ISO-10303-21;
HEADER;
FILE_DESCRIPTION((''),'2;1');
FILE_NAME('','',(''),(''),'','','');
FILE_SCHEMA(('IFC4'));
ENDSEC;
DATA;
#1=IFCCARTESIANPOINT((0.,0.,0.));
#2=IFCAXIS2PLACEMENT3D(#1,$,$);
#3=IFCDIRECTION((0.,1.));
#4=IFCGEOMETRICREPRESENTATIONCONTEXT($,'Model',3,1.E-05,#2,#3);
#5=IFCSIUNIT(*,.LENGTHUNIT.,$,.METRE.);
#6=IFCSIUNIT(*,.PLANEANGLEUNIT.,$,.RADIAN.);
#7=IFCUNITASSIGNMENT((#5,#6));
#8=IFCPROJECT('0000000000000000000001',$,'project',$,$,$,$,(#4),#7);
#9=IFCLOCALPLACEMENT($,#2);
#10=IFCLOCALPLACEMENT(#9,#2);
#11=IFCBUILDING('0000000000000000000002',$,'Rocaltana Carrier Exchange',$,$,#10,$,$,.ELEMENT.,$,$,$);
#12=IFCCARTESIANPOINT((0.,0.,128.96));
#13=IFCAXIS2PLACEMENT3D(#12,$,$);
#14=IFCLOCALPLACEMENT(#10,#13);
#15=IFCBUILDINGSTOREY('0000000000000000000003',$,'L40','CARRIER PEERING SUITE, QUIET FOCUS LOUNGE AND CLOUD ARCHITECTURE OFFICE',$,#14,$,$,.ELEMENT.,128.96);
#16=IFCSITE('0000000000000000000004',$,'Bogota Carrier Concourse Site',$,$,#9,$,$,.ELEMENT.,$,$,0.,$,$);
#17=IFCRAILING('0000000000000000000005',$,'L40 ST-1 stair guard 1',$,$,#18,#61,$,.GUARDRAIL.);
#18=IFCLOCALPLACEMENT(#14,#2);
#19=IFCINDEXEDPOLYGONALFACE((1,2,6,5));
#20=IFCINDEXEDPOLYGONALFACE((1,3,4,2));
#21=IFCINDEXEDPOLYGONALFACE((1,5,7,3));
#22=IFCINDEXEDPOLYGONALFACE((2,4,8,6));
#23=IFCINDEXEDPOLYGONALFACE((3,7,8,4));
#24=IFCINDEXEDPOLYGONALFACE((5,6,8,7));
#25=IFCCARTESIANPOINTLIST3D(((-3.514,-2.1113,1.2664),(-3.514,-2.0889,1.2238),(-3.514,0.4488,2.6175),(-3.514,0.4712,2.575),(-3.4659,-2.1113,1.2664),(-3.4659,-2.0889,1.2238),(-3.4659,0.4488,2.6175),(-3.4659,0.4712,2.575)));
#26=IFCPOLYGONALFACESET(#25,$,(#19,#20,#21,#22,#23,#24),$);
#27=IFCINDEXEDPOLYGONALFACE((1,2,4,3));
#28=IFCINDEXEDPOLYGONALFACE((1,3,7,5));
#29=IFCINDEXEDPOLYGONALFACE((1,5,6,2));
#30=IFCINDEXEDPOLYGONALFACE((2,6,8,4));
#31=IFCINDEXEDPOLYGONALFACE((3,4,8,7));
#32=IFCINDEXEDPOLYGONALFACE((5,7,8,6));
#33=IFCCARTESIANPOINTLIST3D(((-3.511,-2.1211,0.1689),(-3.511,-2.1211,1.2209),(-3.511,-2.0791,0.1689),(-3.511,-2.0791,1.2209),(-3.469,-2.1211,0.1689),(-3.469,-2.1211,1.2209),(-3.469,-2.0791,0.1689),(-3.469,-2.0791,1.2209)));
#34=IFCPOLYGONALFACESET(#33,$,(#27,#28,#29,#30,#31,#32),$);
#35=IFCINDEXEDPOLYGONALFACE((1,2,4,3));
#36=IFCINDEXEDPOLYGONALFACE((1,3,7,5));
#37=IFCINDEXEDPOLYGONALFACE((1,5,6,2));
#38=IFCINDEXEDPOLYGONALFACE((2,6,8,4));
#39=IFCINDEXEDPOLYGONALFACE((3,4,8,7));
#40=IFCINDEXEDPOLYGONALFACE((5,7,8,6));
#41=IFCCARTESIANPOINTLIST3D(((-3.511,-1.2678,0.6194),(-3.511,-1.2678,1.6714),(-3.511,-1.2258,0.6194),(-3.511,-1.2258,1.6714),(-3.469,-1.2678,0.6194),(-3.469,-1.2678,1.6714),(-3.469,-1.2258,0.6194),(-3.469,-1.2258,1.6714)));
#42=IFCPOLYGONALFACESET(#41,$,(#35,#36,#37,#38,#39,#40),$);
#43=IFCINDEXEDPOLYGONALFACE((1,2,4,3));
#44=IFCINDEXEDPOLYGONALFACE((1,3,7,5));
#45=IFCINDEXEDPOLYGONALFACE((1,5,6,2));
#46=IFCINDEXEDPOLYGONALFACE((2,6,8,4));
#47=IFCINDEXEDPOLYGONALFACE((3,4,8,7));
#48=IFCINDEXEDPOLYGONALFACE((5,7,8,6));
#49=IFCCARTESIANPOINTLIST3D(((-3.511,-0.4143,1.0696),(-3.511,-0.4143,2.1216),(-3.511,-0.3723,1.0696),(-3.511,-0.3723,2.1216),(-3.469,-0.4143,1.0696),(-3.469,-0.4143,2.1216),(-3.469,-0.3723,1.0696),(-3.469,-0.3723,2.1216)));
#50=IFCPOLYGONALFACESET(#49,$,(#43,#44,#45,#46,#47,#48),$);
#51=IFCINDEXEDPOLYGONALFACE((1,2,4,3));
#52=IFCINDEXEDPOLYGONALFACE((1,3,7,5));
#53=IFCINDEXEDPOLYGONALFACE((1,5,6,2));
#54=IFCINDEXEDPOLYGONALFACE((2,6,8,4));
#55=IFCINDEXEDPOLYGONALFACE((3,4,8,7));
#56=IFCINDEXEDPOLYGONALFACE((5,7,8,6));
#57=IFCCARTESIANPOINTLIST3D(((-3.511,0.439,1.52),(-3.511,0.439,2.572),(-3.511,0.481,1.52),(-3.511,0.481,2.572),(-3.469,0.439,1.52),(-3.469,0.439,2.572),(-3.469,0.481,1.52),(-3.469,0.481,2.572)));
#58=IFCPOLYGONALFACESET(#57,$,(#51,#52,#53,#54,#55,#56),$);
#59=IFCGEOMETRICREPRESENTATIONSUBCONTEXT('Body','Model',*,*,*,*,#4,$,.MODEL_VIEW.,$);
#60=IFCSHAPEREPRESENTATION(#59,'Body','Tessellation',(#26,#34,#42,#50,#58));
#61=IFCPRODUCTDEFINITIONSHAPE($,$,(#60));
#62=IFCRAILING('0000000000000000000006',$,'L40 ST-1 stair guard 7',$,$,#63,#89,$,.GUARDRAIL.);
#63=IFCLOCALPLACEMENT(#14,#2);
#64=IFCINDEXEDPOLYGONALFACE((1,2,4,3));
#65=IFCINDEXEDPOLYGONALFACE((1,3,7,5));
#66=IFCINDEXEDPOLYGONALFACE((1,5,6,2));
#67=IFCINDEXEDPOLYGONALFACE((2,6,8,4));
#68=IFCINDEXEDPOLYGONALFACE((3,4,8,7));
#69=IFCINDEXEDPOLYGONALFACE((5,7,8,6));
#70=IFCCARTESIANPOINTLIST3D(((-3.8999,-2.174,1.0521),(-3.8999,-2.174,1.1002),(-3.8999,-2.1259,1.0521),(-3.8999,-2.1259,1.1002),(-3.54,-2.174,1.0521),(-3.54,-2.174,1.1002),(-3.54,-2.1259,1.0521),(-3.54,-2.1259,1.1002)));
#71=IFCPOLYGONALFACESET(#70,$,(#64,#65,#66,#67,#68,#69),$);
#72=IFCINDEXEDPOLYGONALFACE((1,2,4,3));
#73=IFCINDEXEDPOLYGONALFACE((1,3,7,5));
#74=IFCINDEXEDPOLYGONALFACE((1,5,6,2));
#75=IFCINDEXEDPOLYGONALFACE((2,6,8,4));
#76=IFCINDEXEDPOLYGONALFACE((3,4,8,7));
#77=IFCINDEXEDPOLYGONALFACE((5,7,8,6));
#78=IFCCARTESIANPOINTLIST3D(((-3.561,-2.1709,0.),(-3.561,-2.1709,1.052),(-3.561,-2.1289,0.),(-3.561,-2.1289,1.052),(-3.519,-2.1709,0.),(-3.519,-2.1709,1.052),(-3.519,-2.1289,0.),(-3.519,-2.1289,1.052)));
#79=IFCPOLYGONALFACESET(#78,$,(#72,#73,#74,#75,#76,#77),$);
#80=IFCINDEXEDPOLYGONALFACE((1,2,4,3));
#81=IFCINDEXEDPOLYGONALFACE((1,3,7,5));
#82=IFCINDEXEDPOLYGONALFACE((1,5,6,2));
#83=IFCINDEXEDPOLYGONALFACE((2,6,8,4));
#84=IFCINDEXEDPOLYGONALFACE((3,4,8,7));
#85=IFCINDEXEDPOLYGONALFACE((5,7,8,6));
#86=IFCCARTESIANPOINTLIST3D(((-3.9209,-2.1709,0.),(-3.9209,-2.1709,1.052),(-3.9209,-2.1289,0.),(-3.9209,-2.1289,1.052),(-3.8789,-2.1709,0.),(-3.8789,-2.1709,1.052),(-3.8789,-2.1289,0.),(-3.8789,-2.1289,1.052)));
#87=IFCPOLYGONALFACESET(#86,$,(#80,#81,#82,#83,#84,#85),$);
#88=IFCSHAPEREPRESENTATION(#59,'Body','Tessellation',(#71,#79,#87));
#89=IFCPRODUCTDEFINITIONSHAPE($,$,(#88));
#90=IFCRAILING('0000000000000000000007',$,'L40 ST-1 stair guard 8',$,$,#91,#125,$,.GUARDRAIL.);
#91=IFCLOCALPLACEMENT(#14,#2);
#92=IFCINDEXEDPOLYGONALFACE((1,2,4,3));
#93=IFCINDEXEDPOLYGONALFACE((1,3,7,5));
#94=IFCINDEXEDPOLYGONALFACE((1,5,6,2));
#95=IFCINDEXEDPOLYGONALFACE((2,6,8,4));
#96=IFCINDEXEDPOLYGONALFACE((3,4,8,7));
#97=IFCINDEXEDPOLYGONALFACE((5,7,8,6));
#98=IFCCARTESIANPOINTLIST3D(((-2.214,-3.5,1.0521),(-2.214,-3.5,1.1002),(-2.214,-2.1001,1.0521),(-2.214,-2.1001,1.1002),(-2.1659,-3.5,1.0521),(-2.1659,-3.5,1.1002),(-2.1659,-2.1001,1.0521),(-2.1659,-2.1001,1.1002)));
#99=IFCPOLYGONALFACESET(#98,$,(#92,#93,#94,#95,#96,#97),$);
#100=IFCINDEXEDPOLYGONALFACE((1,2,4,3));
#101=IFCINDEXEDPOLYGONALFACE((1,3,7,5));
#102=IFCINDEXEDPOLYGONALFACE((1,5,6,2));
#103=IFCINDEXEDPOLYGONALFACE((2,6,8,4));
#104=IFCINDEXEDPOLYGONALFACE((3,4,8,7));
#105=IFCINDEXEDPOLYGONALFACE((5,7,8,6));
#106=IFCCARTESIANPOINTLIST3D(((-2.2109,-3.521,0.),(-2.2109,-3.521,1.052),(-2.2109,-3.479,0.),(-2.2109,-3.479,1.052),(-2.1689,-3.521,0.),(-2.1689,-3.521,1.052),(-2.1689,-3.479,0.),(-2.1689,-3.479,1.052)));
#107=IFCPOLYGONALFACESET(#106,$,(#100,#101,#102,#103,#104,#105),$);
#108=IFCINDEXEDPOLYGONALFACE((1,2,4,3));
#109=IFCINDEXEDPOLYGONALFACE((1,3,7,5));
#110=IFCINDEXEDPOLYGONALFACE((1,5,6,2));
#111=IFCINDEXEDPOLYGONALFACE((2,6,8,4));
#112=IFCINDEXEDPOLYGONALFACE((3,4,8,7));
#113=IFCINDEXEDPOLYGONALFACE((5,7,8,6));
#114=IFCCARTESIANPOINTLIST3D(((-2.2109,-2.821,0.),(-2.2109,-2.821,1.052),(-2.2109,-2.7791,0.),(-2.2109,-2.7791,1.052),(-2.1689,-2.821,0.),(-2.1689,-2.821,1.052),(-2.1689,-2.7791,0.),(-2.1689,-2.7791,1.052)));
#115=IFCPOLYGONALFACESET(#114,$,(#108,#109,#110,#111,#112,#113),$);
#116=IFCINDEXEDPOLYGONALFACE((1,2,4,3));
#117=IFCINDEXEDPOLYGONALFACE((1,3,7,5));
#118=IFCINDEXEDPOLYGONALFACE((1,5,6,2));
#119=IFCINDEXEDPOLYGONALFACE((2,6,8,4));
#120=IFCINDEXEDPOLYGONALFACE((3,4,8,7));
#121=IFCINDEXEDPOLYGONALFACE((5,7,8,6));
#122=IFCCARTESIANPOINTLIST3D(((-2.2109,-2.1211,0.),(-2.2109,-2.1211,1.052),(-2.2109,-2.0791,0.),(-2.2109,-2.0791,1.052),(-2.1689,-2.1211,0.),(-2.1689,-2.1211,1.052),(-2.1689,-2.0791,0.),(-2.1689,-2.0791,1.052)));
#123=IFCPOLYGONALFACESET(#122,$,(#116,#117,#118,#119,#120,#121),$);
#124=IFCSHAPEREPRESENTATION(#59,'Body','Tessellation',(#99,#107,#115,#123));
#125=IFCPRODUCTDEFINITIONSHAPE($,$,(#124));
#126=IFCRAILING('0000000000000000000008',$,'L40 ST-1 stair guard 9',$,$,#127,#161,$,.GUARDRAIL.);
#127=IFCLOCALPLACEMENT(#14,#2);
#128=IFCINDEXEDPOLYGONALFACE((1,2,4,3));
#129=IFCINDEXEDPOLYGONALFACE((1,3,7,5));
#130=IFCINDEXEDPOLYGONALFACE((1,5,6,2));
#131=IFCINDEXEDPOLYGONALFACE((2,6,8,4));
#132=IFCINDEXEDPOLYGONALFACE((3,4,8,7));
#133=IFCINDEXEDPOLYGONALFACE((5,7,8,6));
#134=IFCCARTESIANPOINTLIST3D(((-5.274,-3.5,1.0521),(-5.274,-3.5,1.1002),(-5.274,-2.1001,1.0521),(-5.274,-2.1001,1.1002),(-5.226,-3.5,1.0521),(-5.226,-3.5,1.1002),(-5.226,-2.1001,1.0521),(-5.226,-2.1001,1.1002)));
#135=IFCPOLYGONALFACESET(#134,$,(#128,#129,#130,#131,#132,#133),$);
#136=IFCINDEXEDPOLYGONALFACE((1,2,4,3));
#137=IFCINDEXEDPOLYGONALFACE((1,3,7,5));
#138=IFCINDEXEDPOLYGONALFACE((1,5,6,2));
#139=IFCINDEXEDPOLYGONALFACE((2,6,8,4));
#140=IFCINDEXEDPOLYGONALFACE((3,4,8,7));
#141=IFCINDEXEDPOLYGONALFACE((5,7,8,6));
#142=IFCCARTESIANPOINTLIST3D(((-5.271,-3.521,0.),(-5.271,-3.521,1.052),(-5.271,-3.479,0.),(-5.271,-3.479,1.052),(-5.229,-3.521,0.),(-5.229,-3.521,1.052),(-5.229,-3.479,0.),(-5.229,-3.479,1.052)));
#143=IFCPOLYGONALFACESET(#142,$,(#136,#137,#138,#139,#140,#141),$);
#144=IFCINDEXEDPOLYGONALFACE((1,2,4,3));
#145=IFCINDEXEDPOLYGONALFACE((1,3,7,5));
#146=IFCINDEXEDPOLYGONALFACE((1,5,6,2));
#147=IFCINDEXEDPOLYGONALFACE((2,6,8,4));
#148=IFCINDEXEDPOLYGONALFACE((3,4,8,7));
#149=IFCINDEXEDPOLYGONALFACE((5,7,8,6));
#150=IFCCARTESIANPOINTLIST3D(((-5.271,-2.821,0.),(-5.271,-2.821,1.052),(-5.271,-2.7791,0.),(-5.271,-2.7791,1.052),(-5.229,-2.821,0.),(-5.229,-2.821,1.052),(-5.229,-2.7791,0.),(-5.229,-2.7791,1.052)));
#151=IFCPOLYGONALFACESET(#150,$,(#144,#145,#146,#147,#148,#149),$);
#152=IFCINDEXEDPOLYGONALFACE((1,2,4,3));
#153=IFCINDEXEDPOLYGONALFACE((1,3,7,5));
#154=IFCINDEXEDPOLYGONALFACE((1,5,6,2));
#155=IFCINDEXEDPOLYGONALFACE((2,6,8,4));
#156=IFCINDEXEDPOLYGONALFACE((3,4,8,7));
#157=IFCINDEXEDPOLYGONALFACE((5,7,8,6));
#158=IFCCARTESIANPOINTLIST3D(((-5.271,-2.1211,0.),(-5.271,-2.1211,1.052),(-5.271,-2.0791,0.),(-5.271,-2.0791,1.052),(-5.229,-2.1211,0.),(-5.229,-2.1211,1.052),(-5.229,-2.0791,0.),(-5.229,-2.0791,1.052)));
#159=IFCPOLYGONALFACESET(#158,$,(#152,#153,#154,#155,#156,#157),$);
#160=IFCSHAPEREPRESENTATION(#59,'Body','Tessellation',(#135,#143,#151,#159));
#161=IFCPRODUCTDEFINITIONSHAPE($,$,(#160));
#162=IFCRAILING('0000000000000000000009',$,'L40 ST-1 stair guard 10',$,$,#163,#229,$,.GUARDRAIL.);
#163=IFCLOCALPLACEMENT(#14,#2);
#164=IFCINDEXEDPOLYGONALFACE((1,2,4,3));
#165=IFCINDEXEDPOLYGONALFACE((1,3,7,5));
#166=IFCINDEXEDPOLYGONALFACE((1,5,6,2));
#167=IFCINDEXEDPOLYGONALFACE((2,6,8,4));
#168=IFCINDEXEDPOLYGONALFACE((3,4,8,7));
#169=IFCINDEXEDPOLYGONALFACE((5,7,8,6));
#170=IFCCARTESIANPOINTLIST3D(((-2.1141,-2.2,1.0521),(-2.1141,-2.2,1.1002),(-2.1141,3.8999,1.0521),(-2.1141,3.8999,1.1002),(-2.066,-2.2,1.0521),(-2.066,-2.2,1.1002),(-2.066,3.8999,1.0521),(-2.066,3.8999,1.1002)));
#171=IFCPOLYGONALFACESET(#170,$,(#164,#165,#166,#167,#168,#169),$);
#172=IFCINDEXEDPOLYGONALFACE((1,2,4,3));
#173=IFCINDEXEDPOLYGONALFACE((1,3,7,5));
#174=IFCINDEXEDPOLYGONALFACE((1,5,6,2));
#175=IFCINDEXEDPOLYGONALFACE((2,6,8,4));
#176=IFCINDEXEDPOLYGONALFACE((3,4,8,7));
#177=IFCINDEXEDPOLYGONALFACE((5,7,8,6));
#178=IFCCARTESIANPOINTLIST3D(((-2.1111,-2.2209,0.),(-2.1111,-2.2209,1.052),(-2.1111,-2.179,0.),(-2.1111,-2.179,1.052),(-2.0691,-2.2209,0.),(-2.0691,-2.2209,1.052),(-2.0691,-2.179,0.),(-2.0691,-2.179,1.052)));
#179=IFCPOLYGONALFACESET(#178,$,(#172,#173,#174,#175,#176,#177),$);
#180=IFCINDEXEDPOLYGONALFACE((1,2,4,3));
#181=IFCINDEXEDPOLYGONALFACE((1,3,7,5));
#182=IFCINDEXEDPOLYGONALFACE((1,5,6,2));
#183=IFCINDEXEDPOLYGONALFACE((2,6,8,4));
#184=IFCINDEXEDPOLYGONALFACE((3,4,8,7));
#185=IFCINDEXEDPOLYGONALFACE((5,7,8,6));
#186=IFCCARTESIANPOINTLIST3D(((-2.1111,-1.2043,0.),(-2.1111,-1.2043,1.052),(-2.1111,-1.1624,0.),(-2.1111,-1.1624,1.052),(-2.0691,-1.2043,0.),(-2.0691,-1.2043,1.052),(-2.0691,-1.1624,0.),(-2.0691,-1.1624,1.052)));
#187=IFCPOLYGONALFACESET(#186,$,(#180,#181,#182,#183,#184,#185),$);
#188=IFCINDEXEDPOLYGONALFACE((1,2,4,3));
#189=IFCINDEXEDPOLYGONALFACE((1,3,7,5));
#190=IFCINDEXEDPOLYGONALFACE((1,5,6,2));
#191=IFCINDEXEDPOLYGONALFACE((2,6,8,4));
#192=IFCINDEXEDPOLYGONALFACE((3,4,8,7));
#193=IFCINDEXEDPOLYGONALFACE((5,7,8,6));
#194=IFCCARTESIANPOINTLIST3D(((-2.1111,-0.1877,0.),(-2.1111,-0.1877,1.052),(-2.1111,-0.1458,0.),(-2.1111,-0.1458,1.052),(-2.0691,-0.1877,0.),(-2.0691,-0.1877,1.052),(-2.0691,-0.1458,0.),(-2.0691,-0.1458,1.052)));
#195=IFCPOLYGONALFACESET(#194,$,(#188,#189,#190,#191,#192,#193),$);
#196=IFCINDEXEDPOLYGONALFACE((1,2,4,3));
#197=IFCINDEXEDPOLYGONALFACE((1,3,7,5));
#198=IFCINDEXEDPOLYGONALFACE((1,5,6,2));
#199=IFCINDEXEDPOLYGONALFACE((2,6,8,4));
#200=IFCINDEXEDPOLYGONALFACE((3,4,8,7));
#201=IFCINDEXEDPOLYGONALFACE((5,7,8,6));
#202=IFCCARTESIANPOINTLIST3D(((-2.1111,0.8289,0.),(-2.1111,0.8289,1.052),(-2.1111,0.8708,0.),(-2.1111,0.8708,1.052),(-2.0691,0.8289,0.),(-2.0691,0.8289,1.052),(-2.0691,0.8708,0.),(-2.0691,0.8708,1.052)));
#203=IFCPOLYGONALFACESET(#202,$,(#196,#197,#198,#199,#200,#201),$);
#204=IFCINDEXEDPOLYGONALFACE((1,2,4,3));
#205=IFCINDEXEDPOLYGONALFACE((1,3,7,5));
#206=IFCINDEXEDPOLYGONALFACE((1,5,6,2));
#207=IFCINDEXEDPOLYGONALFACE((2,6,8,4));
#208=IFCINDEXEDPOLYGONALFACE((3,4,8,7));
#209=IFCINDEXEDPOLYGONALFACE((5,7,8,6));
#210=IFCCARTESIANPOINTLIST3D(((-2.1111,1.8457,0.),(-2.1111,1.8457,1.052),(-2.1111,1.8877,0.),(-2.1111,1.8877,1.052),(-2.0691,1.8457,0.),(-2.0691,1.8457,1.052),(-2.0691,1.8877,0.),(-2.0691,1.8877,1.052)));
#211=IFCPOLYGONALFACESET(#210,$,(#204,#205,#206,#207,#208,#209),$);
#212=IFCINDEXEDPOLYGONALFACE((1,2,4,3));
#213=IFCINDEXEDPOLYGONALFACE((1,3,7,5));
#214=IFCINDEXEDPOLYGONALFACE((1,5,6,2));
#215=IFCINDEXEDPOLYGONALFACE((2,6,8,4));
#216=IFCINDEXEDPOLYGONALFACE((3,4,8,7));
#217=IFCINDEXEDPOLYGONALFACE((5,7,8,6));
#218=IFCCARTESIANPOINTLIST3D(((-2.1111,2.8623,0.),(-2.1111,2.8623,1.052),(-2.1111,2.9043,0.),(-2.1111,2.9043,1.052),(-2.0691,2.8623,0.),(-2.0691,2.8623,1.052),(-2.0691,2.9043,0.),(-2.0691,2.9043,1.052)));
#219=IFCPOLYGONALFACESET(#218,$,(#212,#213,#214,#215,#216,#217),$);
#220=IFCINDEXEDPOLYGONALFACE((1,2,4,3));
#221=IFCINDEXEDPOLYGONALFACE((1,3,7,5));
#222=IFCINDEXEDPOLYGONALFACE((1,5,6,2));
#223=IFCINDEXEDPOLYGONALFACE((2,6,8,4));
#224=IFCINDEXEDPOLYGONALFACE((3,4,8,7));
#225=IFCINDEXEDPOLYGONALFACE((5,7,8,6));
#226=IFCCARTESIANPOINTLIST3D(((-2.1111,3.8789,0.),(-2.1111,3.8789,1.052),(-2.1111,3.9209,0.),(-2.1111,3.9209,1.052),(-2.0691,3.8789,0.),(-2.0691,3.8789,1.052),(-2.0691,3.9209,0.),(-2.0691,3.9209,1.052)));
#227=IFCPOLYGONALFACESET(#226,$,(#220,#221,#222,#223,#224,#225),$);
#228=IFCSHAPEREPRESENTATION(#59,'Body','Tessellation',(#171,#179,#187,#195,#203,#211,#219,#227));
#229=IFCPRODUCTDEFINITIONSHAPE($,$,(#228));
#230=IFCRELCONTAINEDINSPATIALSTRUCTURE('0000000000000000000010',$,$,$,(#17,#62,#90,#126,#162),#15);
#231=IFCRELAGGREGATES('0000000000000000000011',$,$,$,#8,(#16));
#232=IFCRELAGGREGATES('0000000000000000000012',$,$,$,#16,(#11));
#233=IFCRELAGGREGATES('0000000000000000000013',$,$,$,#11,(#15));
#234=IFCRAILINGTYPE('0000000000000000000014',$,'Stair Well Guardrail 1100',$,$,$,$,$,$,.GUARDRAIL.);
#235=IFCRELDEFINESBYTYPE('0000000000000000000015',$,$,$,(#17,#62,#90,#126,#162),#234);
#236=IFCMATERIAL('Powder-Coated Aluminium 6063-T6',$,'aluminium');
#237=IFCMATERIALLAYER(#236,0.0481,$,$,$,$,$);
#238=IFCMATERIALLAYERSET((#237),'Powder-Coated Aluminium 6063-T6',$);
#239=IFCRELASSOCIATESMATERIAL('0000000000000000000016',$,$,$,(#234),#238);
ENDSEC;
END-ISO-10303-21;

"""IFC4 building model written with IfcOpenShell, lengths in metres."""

from ifc_helpers import new_model, si_unit, direction, frame, origin, origin_2d, place, context, subcontext, project, spatial, rectangle, extrude, material, layer, layer_set, type_object, element, save


model = new_model("IFC4")

# Units and contexts
model_context = context("Model", 3, precision=1e-05, world=origin(), true_north=direction((0.0, 1.0)))
body_context = subcontext(model_context, "Body", "Model", "MODEL_VIEW")
ifc_project = project(units=[si_unit("LENGTHUNIT", "METRE"), si_unit("PLANEANGLEUNIT", "RADIAN")], contexts=[model_context])

# Site, building, storey
site_placement = place(None, origin())
site = spatial("IfcSite", under=ifc_project, at=site_placement, Name="Bogota Carrier Concourse Site", CompositionType="ELEMENT", RefElevation=0.0)
building_placement = place(site_placement, origin())
building = spatial("IfcBuilding", under=site, at=building_placement, Name="Rocaltana Carrier Exchange", CompositionType="ELEMENT")
storey_placement = place(building_placement, frame((0.0, 0.0, 128.96)))
storey = spatial("IfcBuildingStorey", under=building, at=storey_placement, Name="L40", Description="CARRIER PEERING SUITE, QUIET FOCUS LOUNGE AND CLOUD ARCHITECTURE OFFICE", CompositionType="ELEMENT", Elevation=128.96)

# Railings
ifc_material_1 = material(Name="Powder-Coated Aluminium 6063-T6", Category="aluminium")
ifc_layer_1 = layer(ifc_material_1, 0.0481)
ifc_layer_set_1 = layer_set([ifc_layer_1], Name="Powder-Coated Aluminium 6063-T6")
railing_type_1 = type_object("IfcRailingType", Name="Stair Well Guardrail 1100", PredefinedType="GUARDRAIL", material=ifc_layer_set_1)
railing_1_placement = place(storey_placement, frame((-3.49, -2.1001, 0.1689)))
element("IfcRailing", 1, at=railing_1_placement, inside=storey, type_object=railing_type_1, Name="L40 ST-1 stair guard 1", PredefinedType="GUARDRAIL", context=body_context, shape_type="SweptSolid", body=[
    extrude(rectangle(XDim=0.0481, YDim=0.0481, at=origin_2d()), frame((0.0, 0.0, 1.0762), z_axis=(0.0, 0.884394, 0.46674), x_axis=(-1.0, 0.0, 0.0)), (0.0, 0.0, 1.0), 2.8948),
    extrude(rectangle(XDim=0.042, YDim=0.042, at=origin_2d()), origin(), (0.0, 0.0, 1.0), 1.052),
    extrude(rectangle(XDim=0.042, YDim=0.042, at=origin_2d()), frame((0.0, 0.8533, 0.4504)), (0.0, 0.0, 1.0), 1.052),
    extrude(rectangle(XDim=0.042, YDim=0.042, at=origin_2d()), frame((0.0, 1.7068, 0.9006)), (0.0, 0.0, 1.0), 1.052),
    extrude(rectangle(XDim=0.042, YDim=0.042, at=origin_2d()), frame((0.0, 2.5601, 1.3511)), (0.0, 0.0, 1.0), 1.052),
])
railing_2_placement = place(storey_placement, frame((-3.54, -2.1499, 0.0)))
element("IfcRailing", 2, at=railing_2_placement, inside=storey, type_object=railing_type_1, Name="L40 ST-1 stair guard 7", PredefinedType="GUARDRAIL", context=body_context, shape_type="SweptSolid", body=[
    extrude(rectangle(XDim=0.0481, YDim=0.0481, at=origin_2d()), frame((0.0, 0.0, 1.0762), z_axis=(-1.0, 0.0, 0.0), x_axis=(0.0, -1.0, 0.0)), (0.0, 0.0, 1.0), 0.3599),
    extrude(rectangle(XDim=0.042, YDim=0.042, at=origin_2d()), origin(), (0.0, 0.0, 1.0), 1.052),
    extrude(rectangle(XDim=0.042, YDim=0.042, at=origin_2d()), frame((-0.3599, 0.0, 0.0)), (0.0, 0.0, 1.0), 1.052),
])
for number, where, name in (
    (3, (-2.1899, -3.5, 0.0), "L40 ST-1 stair guard 8"),
    (4, (-5.25, -3.5, 0.0), "L40 ST-1 stair guard 9"),
):
    element("IfcRailing", number, at=place(storey_placement, frame(where)), inside=storey, type_object=railing_type_1, Name=name, PredefinedType="GUARDRAIL", context=body_context, shape_type="SweptSolid", body=[
        extrude(rectangle(XDim=0.0481, YDim=0.0481, at=origin_2d()), frame((0.0, 0.0, 1.0762), z_axis=(0.0, 1.0, 0.0), x_axis=(-1.0, 0.0, 0.0)), (0.0, 0.0, 1.0), 1.3999),
        extrude(rectangle(XDim=0.042, YDim=0.042, at=origin_2d()), origin(), (0.0, 0.0, 1.0), 1.052),
        extrude(rectangle(XDim=0.042, YDim=0.042, at=origin_2d()), frame((0.0, 0.7, 0.0)), (0.0, 0.0, 1.0), 1.052),
        extrude(rectangle(XDim=0.042, YDim=0.042, at=origin_2d()), frame((0.0, 1.3999, 0.0)), (0.0, 0.0, 1.0), 1.052),
    ])
for number, where, name in (
    (5, (-2.0901, -2.2, 0.0), "L40 ST-1 stair guard 10"),
):
    element("IfcRailing", number, at=place(storey_placement, frame(where)), inside=storey, type_object=railing_type_1, Name=name, PredefinedType="GUARDRAIL", context=body_context, shape_type="SweptSolid", body=[
        extrude(rectangle(XDim=0.0481, YDim=0.0481, at=origin_2d()), frame((0.0, 0.0, 1.0762), z_axis=(0.0, 1.0, 0.0), x_axis=(-1.0, 0.0, 0.0)), (0.0, 0.0, 1.0), 6.0999),
        extrude(rectangle(XDim=0.042, YDim=0.042, at=origin_2d()), origin(), (0.0, 0.0, 1.0), 1.052),
        extrude(rectangle(XDim=0.042, YDim=0.042, at=origin_2d()), frame((0.0, 1.0166, 0.0)), (0.0, 0.0, 1.0), 1.052),
        extrude(rectangle(XDim=0.042, YDim=0.042, at=origin_2d()), frame((0.0, 2.0332, 0.0)), (0.0, 0.0, 1.0), 1.052),
        extrude(rectangle(XDim=0.042, YDim=0.042, at=origin_2d()), frame((0.0, 3.0498, 0.0)), (0.0, 0.0, 1.0), 1.052),
        extrude(rectangle(XDim=0.042, YDim=0.042, at=origin_2d()), frame((0.0, 4.0667, 0.0)), (0.0, 0.0, 1.0), 1.052),
        extrude(rectangle(XDim=0.042, YDim=0.042, at=origin_2d()), frame((0.0, 5.0833, 0.0)), (0.0, 0.0, 1.0), 1.052),
        extrude(rectangle(XDim=0.042, YDim=0.042, at=origin_2d()), frame((0.0, 6.0999, 0.0)), (0.0, 0.0, 1.0), 1.052),
    ])

save(model, "model.ifc")
